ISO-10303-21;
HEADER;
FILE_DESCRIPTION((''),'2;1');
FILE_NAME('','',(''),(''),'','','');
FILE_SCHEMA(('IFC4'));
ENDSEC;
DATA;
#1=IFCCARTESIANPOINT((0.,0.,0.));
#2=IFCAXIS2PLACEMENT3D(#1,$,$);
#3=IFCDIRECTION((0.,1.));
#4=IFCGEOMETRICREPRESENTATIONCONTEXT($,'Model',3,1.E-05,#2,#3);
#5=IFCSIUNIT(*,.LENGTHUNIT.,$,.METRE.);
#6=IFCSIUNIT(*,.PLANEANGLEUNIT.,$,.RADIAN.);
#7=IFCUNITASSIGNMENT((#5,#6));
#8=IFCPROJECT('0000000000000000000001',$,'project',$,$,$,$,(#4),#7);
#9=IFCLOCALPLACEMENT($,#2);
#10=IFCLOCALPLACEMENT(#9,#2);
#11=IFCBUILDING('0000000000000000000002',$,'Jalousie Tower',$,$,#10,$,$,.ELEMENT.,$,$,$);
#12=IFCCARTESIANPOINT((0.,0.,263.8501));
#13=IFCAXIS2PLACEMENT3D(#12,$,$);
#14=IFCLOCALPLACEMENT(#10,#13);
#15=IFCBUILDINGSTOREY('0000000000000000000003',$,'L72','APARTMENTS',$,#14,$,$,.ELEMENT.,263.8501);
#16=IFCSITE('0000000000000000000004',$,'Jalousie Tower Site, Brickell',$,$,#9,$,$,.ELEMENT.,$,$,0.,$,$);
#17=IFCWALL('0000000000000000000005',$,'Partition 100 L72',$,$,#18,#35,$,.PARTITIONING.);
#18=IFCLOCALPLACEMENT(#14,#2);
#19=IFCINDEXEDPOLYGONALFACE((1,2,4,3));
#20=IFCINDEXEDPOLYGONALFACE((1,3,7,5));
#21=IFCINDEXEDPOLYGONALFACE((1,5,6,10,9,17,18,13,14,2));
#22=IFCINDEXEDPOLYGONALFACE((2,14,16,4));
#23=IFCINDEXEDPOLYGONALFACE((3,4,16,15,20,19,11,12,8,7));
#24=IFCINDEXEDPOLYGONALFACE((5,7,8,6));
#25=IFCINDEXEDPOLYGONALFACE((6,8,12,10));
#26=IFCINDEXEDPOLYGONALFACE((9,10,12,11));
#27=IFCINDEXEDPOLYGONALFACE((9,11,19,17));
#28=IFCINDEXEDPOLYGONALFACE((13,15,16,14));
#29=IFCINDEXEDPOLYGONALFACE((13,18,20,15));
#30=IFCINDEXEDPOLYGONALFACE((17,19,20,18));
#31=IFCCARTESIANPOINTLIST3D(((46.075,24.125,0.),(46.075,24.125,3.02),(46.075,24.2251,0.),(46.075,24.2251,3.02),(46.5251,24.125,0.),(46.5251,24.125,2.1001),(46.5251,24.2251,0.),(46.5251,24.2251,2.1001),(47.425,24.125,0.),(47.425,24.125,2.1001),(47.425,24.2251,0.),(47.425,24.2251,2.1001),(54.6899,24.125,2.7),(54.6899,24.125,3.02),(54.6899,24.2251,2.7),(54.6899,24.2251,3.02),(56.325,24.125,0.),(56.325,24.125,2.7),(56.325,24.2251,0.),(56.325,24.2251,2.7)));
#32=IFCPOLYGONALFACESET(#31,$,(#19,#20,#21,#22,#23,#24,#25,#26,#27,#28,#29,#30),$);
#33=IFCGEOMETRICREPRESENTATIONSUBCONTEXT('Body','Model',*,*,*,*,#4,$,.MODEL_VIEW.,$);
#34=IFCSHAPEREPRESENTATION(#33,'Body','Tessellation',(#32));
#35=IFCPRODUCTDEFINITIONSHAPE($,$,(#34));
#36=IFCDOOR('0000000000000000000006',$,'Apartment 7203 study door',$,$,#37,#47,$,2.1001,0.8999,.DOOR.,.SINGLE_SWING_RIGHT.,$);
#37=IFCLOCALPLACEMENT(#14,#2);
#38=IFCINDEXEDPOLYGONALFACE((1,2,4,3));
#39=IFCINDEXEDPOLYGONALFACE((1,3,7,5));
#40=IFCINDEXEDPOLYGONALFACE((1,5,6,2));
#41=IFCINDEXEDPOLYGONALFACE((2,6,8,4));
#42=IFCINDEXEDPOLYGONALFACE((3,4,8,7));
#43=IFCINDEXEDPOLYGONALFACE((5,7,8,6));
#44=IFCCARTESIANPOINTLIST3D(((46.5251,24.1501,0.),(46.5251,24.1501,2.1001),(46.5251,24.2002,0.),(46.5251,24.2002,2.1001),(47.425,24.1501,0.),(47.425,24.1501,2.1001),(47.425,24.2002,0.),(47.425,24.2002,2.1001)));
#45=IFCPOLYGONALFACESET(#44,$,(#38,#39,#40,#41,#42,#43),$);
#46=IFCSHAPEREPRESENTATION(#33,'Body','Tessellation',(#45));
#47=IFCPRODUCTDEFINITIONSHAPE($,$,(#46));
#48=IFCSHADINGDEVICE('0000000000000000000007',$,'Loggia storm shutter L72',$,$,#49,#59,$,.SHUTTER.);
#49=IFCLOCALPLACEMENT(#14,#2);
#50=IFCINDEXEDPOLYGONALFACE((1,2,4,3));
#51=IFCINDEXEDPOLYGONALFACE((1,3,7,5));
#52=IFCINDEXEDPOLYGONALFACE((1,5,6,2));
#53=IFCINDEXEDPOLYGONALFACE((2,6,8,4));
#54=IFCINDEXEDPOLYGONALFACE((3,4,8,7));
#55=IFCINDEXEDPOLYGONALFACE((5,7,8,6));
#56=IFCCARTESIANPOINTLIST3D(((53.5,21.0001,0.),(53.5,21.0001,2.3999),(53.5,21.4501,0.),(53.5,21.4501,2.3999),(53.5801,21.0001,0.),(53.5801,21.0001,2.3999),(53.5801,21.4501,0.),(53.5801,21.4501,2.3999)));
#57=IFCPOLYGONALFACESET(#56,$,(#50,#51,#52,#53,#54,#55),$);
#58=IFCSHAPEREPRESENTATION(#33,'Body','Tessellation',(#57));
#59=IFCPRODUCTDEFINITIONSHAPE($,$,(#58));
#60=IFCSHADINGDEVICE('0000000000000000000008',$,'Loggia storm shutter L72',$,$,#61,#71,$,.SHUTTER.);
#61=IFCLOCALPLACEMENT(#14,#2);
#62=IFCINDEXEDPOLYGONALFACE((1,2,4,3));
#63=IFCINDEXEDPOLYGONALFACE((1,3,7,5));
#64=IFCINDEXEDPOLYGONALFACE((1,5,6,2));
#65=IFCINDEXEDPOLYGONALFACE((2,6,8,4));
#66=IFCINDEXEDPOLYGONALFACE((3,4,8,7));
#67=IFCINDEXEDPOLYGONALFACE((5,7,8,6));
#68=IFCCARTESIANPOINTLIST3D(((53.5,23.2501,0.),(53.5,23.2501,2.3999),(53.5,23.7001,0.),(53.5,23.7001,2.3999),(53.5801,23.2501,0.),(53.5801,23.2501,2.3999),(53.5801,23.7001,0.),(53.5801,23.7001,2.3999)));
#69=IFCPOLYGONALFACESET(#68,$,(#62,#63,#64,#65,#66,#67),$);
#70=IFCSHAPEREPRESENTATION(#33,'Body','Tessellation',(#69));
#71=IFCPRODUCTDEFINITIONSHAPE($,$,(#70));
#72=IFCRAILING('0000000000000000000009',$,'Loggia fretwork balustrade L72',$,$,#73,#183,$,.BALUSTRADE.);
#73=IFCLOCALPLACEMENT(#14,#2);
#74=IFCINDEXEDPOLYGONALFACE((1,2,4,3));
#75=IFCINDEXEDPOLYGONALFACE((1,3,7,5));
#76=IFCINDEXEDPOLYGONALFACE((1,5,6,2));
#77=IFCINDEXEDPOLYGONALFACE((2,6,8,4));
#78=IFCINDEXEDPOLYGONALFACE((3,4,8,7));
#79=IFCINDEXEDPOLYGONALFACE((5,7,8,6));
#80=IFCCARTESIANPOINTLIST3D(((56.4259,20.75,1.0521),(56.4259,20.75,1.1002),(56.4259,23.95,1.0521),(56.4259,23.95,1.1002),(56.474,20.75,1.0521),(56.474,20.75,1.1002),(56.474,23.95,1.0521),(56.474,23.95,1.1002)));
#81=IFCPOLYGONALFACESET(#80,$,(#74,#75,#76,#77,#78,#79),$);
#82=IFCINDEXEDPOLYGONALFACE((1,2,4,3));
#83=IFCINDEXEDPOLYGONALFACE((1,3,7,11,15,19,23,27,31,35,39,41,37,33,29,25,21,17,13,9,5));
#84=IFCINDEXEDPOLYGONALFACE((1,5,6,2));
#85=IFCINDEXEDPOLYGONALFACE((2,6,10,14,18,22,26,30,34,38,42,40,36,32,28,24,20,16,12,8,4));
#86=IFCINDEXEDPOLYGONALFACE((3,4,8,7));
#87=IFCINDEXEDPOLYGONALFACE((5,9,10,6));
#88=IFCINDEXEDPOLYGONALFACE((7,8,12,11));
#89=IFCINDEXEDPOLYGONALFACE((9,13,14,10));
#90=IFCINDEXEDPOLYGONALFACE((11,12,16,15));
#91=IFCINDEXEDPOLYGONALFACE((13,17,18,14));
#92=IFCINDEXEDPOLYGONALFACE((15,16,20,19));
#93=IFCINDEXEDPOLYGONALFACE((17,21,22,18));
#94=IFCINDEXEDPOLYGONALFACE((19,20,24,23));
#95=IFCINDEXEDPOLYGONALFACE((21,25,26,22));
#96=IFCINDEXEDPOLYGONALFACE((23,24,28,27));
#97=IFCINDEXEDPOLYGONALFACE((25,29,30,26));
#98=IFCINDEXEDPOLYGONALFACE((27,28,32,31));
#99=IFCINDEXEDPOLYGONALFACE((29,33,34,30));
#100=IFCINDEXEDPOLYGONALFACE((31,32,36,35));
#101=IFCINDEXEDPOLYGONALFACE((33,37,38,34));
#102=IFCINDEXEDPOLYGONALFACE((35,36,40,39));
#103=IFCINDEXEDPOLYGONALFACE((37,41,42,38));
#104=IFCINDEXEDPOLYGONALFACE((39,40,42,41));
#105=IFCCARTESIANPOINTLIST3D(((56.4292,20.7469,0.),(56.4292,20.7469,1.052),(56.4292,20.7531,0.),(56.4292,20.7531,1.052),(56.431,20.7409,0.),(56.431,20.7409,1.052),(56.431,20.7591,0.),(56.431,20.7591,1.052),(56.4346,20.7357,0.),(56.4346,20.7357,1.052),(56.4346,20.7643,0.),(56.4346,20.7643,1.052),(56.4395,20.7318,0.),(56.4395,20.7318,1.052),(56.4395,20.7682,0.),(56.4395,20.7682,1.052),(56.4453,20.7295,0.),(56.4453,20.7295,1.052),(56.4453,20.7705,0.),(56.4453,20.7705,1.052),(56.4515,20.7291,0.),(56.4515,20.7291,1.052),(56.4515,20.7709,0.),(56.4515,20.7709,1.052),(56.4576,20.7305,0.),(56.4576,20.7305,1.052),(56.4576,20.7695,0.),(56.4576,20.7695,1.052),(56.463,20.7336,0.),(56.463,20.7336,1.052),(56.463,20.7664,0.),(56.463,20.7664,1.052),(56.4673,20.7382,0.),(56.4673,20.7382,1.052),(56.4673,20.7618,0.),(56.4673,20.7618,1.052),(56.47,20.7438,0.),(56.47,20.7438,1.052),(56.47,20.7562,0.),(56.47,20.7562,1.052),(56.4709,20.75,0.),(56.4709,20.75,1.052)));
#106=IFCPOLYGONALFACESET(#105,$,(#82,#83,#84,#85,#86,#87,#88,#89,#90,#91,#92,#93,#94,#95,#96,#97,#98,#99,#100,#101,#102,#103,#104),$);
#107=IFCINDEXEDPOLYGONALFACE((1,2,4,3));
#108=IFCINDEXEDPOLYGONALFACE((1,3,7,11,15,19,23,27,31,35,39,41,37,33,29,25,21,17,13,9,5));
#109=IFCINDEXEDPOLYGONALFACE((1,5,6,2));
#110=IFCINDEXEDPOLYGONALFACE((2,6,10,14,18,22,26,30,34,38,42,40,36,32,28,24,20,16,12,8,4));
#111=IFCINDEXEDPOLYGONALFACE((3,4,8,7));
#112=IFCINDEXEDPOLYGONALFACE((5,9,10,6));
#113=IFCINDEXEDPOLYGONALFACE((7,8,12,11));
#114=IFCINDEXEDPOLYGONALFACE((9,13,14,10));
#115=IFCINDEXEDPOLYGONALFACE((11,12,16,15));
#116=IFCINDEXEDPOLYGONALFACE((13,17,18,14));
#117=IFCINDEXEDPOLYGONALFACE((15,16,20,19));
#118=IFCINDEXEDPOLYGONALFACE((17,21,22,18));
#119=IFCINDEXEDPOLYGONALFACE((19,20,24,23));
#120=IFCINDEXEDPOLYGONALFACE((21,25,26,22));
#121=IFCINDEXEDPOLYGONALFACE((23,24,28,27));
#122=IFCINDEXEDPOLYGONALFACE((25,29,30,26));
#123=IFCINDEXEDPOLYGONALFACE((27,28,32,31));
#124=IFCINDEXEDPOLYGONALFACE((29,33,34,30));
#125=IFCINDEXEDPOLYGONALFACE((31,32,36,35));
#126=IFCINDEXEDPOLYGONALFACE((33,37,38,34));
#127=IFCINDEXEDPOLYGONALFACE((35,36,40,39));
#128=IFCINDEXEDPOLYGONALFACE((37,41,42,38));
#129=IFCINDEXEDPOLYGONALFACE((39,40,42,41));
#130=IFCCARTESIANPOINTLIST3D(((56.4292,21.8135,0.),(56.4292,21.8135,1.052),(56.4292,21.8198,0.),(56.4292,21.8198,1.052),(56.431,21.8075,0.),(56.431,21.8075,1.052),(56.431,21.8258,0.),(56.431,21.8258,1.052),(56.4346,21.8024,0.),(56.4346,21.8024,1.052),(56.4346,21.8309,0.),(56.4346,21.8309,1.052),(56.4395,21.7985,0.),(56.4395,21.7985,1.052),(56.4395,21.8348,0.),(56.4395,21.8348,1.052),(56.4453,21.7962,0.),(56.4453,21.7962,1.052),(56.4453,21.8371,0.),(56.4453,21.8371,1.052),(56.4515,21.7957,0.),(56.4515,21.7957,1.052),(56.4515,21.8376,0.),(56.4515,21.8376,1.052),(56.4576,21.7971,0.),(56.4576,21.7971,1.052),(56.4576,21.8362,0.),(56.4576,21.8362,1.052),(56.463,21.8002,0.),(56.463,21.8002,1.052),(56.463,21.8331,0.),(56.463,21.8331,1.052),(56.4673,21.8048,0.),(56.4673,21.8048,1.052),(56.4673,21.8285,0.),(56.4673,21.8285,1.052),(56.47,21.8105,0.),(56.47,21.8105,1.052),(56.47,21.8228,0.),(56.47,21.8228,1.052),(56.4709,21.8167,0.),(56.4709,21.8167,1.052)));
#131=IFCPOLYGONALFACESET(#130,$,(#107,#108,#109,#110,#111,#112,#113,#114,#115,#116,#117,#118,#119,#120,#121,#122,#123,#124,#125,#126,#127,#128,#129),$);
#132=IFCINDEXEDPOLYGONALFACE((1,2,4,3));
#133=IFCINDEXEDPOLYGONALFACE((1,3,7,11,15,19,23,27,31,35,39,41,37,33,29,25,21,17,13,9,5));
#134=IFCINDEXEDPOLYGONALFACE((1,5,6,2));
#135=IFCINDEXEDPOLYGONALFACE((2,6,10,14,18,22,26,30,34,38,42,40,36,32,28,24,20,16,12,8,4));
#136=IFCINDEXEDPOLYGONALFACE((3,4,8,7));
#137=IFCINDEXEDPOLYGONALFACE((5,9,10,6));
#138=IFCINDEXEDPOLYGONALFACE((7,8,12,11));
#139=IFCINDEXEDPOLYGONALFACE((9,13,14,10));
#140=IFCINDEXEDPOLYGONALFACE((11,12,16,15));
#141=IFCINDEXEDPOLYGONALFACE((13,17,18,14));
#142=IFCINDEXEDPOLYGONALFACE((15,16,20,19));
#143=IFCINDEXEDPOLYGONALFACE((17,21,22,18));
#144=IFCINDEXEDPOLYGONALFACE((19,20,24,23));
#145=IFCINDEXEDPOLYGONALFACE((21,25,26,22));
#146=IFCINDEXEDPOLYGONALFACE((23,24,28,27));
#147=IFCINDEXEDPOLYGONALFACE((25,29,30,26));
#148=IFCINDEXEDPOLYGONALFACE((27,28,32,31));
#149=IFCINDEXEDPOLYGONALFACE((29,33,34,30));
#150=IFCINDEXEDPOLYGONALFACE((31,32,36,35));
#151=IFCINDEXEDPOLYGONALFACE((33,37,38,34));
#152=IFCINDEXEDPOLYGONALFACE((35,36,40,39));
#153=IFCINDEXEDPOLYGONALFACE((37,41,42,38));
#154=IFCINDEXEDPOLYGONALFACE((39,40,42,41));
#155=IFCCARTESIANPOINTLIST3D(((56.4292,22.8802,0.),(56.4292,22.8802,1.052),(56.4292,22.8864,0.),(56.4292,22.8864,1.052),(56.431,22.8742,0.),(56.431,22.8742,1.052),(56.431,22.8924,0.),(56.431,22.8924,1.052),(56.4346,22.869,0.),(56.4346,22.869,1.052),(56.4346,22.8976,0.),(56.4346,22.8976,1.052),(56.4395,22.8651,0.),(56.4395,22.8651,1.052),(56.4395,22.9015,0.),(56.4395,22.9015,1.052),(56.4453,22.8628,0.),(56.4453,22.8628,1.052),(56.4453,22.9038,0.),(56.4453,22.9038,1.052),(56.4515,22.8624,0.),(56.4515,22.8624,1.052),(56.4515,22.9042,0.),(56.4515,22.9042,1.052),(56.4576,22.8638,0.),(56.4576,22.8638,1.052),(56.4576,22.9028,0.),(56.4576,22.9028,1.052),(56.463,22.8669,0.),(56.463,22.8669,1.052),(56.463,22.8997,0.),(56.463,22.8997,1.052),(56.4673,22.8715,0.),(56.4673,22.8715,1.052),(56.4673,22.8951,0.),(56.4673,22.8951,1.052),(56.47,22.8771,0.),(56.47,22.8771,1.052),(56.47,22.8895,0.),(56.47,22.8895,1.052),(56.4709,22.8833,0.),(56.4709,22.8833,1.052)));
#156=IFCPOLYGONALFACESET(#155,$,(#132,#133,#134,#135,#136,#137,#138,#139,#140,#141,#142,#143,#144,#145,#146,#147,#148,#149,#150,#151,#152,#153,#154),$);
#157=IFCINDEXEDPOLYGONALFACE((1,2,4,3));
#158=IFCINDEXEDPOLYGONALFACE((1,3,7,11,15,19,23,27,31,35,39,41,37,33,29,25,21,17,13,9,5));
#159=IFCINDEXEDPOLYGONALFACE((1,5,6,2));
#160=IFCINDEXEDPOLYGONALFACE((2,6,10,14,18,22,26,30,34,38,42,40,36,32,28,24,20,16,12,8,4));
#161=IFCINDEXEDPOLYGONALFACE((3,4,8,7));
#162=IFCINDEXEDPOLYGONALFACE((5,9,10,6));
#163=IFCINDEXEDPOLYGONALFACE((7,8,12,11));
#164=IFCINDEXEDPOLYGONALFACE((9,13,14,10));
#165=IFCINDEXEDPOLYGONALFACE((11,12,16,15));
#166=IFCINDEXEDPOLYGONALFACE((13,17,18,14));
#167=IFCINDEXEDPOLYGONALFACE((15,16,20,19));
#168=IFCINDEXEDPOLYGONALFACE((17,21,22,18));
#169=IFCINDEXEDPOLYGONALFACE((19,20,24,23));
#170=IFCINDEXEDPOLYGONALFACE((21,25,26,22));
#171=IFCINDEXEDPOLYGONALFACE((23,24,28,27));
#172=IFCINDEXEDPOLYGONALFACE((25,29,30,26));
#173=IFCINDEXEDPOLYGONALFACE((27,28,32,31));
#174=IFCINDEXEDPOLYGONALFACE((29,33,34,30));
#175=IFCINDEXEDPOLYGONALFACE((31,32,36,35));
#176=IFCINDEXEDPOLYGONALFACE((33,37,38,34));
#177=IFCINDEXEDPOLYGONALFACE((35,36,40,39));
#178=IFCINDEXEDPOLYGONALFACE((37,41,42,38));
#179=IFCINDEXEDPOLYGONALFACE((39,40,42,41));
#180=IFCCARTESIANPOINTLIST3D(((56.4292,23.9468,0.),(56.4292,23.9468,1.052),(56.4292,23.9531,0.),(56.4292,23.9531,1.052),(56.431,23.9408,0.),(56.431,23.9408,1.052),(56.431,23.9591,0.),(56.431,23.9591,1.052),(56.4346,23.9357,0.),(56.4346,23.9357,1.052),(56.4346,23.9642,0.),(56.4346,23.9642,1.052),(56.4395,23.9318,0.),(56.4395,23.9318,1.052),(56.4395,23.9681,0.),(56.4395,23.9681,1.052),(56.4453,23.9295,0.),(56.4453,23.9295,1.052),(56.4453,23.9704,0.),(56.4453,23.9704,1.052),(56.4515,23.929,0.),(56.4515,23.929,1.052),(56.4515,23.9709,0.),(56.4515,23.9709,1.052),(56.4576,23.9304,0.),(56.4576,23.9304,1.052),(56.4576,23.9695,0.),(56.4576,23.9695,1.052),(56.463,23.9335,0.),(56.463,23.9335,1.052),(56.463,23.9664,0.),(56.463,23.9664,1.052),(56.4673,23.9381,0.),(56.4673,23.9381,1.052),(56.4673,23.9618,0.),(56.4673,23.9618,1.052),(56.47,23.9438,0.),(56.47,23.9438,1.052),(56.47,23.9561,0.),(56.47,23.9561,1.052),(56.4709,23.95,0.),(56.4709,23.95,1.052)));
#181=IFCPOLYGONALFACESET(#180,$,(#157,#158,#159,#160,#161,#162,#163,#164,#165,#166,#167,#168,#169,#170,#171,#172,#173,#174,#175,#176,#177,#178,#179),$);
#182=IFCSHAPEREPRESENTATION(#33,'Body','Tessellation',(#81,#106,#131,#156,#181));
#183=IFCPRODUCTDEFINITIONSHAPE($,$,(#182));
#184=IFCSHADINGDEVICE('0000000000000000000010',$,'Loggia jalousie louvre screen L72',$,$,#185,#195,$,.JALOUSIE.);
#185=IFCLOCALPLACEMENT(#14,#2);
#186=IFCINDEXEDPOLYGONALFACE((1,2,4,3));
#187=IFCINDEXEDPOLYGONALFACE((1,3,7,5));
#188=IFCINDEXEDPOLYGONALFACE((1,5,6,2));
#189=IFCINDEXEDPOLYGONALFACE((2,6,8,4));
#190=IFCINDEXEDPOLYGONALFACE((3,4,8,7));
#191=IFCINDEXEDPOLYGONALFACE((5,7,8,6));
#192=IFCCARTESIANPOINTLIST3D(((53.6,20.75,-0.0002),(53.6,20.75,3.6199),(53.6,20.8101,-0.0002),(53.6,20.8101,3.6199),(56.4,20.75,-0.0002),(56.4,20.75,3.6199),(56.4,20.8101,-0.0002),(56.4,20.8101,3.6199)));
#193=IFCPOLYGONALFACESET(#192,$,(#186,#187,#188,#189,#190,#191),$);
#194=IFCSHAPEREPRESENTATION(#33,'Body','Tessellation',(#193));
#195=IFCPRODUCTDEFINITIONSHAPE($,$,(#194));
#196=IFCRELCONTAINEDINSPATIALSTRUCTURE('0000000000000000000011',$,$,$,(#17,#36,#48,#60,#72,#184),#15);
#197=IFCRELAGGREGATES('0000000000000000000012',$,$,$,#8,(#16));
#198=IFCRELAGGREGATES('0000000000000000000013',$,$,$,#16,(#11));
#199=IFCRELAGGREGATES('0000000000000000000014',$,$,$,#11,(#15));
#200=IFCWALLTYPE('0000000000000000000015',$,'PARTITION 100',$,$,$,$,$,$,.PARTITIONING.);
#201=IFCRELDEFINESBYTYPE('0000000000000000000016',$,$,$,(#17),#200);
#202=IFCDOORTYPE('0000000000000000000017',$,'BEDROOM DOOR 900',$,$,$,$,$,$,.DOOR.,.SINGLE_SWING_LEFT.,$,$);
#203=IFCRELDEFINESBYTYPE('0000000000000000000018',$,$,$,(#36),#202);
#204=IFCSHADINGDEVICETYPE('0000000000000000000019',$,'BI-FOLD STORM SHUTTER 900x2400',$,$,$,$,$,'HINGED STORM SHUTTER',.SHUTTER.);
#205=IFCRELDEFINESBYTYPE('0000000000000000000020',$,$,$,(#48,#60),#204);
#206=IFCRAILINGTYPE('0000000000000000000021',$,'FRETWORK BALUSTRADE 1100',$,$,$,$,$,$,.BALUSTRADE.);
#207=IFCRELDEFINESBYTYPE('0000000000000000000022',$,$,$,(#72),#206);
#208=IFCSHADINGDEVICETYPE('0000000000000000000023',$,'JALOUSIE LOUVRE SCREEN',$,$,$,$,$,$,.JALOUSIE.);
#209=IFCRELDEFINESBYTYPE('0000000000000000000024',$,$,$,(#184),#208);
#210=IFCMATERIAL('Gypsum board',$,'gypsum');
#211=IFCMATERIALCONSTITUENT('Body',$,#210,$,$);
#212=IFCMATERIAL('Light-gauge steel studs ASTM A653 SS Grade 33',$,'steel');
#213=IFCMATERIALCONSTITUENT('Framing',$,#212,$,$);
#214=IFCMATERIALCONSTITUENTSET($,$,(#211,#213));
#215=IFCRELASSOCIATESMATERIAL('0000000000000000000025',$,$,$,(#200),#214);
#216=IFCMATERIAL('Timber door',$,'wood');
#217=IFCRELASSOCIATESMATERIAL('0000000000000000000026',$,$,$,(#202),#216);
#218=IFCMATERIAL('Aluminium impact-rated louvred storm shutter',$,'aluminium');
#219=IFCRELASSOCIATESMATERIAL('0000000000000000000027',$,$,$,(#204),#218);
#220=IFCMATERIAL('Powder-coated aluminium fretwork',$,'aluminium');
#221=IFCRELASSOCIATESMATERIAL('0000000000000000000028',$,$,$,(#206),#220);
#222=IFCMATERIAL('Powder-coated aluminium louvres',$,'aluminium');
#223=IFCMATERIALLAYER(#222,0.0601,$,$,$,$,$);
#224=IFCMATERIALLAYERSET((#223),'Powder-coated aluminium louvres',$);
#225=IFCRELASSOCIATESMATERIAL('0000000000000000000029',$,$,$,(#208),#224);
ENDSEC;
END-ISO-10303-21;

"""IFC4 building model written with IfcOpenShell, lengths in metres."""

from ifc_helpers import new_model, si_unit, direction, frame, frame_2d, origin, origin_2d, place, context, subcontext, project, spatial, polyline, rectangle, circle, outline, extrude, material, layer, layer_set, constituent, constituent_set, type_object, element, fill, save


model = new_model("IFC4")

# Units and contexts
model_context = context("Model", 3, precision=1e-05, world=origin(), true_north=direction((0.0, 1.0)))
body_context = subcontext(model_context, "Body", "Model", "MODEL_VIEW")
ifc_project = project(units=[si_unit("LENGTHUNIT", "METRE"), si_unit("PLANEANGLEUNIT", "RADIAN")], contexts=[model_context])

# Site, building, storey
site_placement = place(None, origin())
site = spatial("IfcSite", under=ifc_project, at=site_placement, Name="Jalousie Tower Site, Brickell", CompositionType="ELEMENT", RefElevation=0.0)
building_placement = place(site_placement, origin())
building = spatial("IfcBuilding", under=site, at=building_placement, Name="Jalousie Tower", CompositionType="ELEMENT")
storey_placement = place(building_placement, frame((0.0, 0.0, 263.8501)))
storey = spatial("IfcBuildingStorey", under=building, at=storey_placement, Name="L72", Description="APARTMENTS", CompositionType="ELEMENT", Elevation=263.8501)

# Shared definitions
ifc_material_1 = material(Name="Gypsum board", Category="gypsum")
ifc_constituent_1 = constituent(ifc_material_1, Name="Body")
ifc_material_2 = material(Name="Light-gauge steel studs ASTM A653 SS Grade 33", Category="steel")
ifc_constituent_2 = constituent(ifc_material_2, Name="Framing")
ifc_constituent_set_1 = constituent_set(constituents=[ifc_constituent_1, ifc_constituent_2])
wall_type_1 = type_object("IfcWallType", Name="PARTITION 100", PredefinedType="PARTITIONING", material=ifc_constituent_set_1)
ifc_material_3 = material(Name="Timber door", Category="wood")
door_type_1 = type_object("IfcDoorType", Name="BEDROOM DOOR 900", OperationType="SINGLE_SWING_LEFT", PredefinedType="DOOR", material=ifc_material_3)

# Wall, opening, door
wall_1_placement = place(storey_placement, frame((56.325, 24.175, 0.0), z_axis=(0.0, 0.0, 1.0), x_axis=(-1.0, 0.0, 0.0)))
wall_1 = element("IfcWall", 1, at=wall_1_placement, inside=storey, type_object=wall_type_1, Name="Partition 100 L72", PredefinedType="PARTITIONING", context=body_context, shape_type="SweptSolid", body=[
    extrude(outline(polyline([(0.0, 0.0), (10.25, 0.0), (10.25, 3.6199), (10.25, 3.02), (1.635, 3.02), (1.635, 2.7), (0.0, 2.7), (0.0, 3.6199), (0.0, 0.0)])), frame((0.0, 0.05, 0.0), z_axis=(0.0, -1.0, 0.0), x_axis=(1.0, 0.0, 0.0)), (0.0, 0.0, 1.0), 0.1001),
])
opening_1_placement = place(wall_1_placement, frame((8.8999, 0.0, 0.0)))
opening_1 = element("IfcOpeningElement", 2, at=opening_1_placement, cuts=wall_1, PredefinedType="OPENING", context=body_context, shape_type="SweptSolid", body=[
    extrude(rectangle(XDim=0.8999, YDim=2.1001, at=frame_2d((0.45, 1.05))), frame((0.0, 0.0601, 0.0), z_axis=(0.0, -1.0, 0.0), x_axis=(1.0, 0.0, 0.0)), (0.0, 0.0, 1.0), 0.1201),
])
door_1_placement = place(opening_1_placement, origin())
door_1 = element("IfcDoor", 3, at=door_1_placement, inside=storey, type_object=door_type_1, Name="Apartment 7203 study door", OperationType="SINGLE_SWING_RIGHT", OverallHeight=2.1001, OverallWidth=0.8999, PredefinedType="DOOR", context=body_context, shape_type="SweptSolid", body=[
    extrude(rectangle(XDim=0.8999, YDim=2.1001, at=frame_2d((0.45, 1.05))), frame((0.0, 0.0249, 0.0), z_axis=(0.0, -1.0, 0.0), x_axis=(1.0, 0.0, 0.0)), (0.0, 0.0, 1.0), 0.05),
])
fill(opening_1, door_1)

# Shading devices
ifc_material_4 = material(Name="Aluminium impact-rated louvred storm shutter", Category="aluminium")
shading_device_type_1 = type_object("IfcShadingDeviceType", Name="BI-FOLD STORM SHUTTER 900x2400", ElementType="HINGED STORM SHUTTER", PredefinedType="SHUTTER", material=ifc_material_4)
for number, where, z_axis, x_axis, name in (
    (4, (53.54, 21.2251, 0.0), (0.0, 0.0, 1.0), (0.0, 1.0, 0.0), "Loggia storm shutter L72"),
    (5, (53.54, 23.4751, 0.0), (0.0, 0.0, 1.0), (0.0, 1.0, 0.0), "Loggia storm shutter L72"),
):
    element("IfcShadingDevice", number, at=place(storey_placement, frame(where, z_axis=z_axis, x_axis=x_axis)), inside=storey, type_object=shading_device_type_1, Name=name, PredefinedType="SHUTTER", context=body_context, shape_type="SweptSolid", body=[
        extrude(rectangle(XDim=0.45, YDim=0.0801, at=origin_2d()), origin(), (0.0, 0.0, 1.0), 2.3999),
    ])

# Railing
ifc_material_5 = material(Name="Powder-coated aluminium fretwork", Category="aluminium")
railing_type = type_object("IfcRailingType", Name="FRETWORK BALUSTRADE 1100", PredefinedType="BALUSTRADE", material=ifc_material_5)
railing_placement = place(storey_placement, frame((56.45, 20.75, 0.0)))
element("IfcRailing", 6, at=railing_placement, inside=storey, type_object=railing_type, Name="Loggia fretwork balustrade L72", PredefinedType="BALUSTRADE", context=body_context, shape_type="SweptSolid", body=[
    extrude(rectangle(XDim=0.0481, YDim=0.0481, at=origin_2d()), frame((0.0, 0.0, 1.0762), z_axis=(0.0, 1.0, 0.0), x_axis=(-1.0, 0.0, 0.0)), (0.0, 0.0, 1.0), 3.2),
    extrude(circle(Radius=0.021, at=origin_2d()), origin(), (0.0, 0.0, 1.0), 1.052),
    extrude(circle(Radius=0.021, at=origin_2d()), frame((0.0, 1.0667, 0.0)), (0.0, 0.0, 1.0), 1.052),
    extrude(circle(Radius=0.021, at=origin_2d()), frame((0.0, 2.1333, 0.0)), (0.0, 0.0, 1.0), 1.052),
    extrude(circle(Radius=0.021, at=origin_2d()), frame((0.0, 3.2, 0.0)), (0.0, 0.0, 1.0), 1.052),
])

# Shading device
ifc_material_6 = material(Name="Powder-coated aluminium louvres", Category="aluminium")
ifc_layer_1 = layer(ifc_material_6, 0.0601)
ifc_layer_set_1 = layer_set([ifc_layer_1], Name="Powder-coated aluminium louvres")
shading_device_type_2 = type_object("IfcShadingDeviceType", Name="JALOUSIE LOUVRE SCREEN", PredefinedType="JALOUSIE", material=ifc_layer_set_1)
for number, where, z_axis, x_axis, name in (
    (7, (55.0, 20.78, -0.0002), (0.0, 0.0, 1.0), (0.0, 1.0, 0.0), "Loggia jalousie louvre screen L72"),
):
    element("IfcShadingDevice", number, at=place(storey_placement, frame(where, z_axis=z_axis, x_axis=x_axis)), inside=storey, type_object=shading_device_type_2, Name=name, PredefinedType="JALOUSIE", context=body_context, shape_type="SweptSolid", body=[
        extrude(rectangle(XDim=0.0601, YDim=2.8, at=origin_2d()), origin(), (0.0, 0.0, 1.0), 3.6201),
    ])

save(model, "model.ifc")
